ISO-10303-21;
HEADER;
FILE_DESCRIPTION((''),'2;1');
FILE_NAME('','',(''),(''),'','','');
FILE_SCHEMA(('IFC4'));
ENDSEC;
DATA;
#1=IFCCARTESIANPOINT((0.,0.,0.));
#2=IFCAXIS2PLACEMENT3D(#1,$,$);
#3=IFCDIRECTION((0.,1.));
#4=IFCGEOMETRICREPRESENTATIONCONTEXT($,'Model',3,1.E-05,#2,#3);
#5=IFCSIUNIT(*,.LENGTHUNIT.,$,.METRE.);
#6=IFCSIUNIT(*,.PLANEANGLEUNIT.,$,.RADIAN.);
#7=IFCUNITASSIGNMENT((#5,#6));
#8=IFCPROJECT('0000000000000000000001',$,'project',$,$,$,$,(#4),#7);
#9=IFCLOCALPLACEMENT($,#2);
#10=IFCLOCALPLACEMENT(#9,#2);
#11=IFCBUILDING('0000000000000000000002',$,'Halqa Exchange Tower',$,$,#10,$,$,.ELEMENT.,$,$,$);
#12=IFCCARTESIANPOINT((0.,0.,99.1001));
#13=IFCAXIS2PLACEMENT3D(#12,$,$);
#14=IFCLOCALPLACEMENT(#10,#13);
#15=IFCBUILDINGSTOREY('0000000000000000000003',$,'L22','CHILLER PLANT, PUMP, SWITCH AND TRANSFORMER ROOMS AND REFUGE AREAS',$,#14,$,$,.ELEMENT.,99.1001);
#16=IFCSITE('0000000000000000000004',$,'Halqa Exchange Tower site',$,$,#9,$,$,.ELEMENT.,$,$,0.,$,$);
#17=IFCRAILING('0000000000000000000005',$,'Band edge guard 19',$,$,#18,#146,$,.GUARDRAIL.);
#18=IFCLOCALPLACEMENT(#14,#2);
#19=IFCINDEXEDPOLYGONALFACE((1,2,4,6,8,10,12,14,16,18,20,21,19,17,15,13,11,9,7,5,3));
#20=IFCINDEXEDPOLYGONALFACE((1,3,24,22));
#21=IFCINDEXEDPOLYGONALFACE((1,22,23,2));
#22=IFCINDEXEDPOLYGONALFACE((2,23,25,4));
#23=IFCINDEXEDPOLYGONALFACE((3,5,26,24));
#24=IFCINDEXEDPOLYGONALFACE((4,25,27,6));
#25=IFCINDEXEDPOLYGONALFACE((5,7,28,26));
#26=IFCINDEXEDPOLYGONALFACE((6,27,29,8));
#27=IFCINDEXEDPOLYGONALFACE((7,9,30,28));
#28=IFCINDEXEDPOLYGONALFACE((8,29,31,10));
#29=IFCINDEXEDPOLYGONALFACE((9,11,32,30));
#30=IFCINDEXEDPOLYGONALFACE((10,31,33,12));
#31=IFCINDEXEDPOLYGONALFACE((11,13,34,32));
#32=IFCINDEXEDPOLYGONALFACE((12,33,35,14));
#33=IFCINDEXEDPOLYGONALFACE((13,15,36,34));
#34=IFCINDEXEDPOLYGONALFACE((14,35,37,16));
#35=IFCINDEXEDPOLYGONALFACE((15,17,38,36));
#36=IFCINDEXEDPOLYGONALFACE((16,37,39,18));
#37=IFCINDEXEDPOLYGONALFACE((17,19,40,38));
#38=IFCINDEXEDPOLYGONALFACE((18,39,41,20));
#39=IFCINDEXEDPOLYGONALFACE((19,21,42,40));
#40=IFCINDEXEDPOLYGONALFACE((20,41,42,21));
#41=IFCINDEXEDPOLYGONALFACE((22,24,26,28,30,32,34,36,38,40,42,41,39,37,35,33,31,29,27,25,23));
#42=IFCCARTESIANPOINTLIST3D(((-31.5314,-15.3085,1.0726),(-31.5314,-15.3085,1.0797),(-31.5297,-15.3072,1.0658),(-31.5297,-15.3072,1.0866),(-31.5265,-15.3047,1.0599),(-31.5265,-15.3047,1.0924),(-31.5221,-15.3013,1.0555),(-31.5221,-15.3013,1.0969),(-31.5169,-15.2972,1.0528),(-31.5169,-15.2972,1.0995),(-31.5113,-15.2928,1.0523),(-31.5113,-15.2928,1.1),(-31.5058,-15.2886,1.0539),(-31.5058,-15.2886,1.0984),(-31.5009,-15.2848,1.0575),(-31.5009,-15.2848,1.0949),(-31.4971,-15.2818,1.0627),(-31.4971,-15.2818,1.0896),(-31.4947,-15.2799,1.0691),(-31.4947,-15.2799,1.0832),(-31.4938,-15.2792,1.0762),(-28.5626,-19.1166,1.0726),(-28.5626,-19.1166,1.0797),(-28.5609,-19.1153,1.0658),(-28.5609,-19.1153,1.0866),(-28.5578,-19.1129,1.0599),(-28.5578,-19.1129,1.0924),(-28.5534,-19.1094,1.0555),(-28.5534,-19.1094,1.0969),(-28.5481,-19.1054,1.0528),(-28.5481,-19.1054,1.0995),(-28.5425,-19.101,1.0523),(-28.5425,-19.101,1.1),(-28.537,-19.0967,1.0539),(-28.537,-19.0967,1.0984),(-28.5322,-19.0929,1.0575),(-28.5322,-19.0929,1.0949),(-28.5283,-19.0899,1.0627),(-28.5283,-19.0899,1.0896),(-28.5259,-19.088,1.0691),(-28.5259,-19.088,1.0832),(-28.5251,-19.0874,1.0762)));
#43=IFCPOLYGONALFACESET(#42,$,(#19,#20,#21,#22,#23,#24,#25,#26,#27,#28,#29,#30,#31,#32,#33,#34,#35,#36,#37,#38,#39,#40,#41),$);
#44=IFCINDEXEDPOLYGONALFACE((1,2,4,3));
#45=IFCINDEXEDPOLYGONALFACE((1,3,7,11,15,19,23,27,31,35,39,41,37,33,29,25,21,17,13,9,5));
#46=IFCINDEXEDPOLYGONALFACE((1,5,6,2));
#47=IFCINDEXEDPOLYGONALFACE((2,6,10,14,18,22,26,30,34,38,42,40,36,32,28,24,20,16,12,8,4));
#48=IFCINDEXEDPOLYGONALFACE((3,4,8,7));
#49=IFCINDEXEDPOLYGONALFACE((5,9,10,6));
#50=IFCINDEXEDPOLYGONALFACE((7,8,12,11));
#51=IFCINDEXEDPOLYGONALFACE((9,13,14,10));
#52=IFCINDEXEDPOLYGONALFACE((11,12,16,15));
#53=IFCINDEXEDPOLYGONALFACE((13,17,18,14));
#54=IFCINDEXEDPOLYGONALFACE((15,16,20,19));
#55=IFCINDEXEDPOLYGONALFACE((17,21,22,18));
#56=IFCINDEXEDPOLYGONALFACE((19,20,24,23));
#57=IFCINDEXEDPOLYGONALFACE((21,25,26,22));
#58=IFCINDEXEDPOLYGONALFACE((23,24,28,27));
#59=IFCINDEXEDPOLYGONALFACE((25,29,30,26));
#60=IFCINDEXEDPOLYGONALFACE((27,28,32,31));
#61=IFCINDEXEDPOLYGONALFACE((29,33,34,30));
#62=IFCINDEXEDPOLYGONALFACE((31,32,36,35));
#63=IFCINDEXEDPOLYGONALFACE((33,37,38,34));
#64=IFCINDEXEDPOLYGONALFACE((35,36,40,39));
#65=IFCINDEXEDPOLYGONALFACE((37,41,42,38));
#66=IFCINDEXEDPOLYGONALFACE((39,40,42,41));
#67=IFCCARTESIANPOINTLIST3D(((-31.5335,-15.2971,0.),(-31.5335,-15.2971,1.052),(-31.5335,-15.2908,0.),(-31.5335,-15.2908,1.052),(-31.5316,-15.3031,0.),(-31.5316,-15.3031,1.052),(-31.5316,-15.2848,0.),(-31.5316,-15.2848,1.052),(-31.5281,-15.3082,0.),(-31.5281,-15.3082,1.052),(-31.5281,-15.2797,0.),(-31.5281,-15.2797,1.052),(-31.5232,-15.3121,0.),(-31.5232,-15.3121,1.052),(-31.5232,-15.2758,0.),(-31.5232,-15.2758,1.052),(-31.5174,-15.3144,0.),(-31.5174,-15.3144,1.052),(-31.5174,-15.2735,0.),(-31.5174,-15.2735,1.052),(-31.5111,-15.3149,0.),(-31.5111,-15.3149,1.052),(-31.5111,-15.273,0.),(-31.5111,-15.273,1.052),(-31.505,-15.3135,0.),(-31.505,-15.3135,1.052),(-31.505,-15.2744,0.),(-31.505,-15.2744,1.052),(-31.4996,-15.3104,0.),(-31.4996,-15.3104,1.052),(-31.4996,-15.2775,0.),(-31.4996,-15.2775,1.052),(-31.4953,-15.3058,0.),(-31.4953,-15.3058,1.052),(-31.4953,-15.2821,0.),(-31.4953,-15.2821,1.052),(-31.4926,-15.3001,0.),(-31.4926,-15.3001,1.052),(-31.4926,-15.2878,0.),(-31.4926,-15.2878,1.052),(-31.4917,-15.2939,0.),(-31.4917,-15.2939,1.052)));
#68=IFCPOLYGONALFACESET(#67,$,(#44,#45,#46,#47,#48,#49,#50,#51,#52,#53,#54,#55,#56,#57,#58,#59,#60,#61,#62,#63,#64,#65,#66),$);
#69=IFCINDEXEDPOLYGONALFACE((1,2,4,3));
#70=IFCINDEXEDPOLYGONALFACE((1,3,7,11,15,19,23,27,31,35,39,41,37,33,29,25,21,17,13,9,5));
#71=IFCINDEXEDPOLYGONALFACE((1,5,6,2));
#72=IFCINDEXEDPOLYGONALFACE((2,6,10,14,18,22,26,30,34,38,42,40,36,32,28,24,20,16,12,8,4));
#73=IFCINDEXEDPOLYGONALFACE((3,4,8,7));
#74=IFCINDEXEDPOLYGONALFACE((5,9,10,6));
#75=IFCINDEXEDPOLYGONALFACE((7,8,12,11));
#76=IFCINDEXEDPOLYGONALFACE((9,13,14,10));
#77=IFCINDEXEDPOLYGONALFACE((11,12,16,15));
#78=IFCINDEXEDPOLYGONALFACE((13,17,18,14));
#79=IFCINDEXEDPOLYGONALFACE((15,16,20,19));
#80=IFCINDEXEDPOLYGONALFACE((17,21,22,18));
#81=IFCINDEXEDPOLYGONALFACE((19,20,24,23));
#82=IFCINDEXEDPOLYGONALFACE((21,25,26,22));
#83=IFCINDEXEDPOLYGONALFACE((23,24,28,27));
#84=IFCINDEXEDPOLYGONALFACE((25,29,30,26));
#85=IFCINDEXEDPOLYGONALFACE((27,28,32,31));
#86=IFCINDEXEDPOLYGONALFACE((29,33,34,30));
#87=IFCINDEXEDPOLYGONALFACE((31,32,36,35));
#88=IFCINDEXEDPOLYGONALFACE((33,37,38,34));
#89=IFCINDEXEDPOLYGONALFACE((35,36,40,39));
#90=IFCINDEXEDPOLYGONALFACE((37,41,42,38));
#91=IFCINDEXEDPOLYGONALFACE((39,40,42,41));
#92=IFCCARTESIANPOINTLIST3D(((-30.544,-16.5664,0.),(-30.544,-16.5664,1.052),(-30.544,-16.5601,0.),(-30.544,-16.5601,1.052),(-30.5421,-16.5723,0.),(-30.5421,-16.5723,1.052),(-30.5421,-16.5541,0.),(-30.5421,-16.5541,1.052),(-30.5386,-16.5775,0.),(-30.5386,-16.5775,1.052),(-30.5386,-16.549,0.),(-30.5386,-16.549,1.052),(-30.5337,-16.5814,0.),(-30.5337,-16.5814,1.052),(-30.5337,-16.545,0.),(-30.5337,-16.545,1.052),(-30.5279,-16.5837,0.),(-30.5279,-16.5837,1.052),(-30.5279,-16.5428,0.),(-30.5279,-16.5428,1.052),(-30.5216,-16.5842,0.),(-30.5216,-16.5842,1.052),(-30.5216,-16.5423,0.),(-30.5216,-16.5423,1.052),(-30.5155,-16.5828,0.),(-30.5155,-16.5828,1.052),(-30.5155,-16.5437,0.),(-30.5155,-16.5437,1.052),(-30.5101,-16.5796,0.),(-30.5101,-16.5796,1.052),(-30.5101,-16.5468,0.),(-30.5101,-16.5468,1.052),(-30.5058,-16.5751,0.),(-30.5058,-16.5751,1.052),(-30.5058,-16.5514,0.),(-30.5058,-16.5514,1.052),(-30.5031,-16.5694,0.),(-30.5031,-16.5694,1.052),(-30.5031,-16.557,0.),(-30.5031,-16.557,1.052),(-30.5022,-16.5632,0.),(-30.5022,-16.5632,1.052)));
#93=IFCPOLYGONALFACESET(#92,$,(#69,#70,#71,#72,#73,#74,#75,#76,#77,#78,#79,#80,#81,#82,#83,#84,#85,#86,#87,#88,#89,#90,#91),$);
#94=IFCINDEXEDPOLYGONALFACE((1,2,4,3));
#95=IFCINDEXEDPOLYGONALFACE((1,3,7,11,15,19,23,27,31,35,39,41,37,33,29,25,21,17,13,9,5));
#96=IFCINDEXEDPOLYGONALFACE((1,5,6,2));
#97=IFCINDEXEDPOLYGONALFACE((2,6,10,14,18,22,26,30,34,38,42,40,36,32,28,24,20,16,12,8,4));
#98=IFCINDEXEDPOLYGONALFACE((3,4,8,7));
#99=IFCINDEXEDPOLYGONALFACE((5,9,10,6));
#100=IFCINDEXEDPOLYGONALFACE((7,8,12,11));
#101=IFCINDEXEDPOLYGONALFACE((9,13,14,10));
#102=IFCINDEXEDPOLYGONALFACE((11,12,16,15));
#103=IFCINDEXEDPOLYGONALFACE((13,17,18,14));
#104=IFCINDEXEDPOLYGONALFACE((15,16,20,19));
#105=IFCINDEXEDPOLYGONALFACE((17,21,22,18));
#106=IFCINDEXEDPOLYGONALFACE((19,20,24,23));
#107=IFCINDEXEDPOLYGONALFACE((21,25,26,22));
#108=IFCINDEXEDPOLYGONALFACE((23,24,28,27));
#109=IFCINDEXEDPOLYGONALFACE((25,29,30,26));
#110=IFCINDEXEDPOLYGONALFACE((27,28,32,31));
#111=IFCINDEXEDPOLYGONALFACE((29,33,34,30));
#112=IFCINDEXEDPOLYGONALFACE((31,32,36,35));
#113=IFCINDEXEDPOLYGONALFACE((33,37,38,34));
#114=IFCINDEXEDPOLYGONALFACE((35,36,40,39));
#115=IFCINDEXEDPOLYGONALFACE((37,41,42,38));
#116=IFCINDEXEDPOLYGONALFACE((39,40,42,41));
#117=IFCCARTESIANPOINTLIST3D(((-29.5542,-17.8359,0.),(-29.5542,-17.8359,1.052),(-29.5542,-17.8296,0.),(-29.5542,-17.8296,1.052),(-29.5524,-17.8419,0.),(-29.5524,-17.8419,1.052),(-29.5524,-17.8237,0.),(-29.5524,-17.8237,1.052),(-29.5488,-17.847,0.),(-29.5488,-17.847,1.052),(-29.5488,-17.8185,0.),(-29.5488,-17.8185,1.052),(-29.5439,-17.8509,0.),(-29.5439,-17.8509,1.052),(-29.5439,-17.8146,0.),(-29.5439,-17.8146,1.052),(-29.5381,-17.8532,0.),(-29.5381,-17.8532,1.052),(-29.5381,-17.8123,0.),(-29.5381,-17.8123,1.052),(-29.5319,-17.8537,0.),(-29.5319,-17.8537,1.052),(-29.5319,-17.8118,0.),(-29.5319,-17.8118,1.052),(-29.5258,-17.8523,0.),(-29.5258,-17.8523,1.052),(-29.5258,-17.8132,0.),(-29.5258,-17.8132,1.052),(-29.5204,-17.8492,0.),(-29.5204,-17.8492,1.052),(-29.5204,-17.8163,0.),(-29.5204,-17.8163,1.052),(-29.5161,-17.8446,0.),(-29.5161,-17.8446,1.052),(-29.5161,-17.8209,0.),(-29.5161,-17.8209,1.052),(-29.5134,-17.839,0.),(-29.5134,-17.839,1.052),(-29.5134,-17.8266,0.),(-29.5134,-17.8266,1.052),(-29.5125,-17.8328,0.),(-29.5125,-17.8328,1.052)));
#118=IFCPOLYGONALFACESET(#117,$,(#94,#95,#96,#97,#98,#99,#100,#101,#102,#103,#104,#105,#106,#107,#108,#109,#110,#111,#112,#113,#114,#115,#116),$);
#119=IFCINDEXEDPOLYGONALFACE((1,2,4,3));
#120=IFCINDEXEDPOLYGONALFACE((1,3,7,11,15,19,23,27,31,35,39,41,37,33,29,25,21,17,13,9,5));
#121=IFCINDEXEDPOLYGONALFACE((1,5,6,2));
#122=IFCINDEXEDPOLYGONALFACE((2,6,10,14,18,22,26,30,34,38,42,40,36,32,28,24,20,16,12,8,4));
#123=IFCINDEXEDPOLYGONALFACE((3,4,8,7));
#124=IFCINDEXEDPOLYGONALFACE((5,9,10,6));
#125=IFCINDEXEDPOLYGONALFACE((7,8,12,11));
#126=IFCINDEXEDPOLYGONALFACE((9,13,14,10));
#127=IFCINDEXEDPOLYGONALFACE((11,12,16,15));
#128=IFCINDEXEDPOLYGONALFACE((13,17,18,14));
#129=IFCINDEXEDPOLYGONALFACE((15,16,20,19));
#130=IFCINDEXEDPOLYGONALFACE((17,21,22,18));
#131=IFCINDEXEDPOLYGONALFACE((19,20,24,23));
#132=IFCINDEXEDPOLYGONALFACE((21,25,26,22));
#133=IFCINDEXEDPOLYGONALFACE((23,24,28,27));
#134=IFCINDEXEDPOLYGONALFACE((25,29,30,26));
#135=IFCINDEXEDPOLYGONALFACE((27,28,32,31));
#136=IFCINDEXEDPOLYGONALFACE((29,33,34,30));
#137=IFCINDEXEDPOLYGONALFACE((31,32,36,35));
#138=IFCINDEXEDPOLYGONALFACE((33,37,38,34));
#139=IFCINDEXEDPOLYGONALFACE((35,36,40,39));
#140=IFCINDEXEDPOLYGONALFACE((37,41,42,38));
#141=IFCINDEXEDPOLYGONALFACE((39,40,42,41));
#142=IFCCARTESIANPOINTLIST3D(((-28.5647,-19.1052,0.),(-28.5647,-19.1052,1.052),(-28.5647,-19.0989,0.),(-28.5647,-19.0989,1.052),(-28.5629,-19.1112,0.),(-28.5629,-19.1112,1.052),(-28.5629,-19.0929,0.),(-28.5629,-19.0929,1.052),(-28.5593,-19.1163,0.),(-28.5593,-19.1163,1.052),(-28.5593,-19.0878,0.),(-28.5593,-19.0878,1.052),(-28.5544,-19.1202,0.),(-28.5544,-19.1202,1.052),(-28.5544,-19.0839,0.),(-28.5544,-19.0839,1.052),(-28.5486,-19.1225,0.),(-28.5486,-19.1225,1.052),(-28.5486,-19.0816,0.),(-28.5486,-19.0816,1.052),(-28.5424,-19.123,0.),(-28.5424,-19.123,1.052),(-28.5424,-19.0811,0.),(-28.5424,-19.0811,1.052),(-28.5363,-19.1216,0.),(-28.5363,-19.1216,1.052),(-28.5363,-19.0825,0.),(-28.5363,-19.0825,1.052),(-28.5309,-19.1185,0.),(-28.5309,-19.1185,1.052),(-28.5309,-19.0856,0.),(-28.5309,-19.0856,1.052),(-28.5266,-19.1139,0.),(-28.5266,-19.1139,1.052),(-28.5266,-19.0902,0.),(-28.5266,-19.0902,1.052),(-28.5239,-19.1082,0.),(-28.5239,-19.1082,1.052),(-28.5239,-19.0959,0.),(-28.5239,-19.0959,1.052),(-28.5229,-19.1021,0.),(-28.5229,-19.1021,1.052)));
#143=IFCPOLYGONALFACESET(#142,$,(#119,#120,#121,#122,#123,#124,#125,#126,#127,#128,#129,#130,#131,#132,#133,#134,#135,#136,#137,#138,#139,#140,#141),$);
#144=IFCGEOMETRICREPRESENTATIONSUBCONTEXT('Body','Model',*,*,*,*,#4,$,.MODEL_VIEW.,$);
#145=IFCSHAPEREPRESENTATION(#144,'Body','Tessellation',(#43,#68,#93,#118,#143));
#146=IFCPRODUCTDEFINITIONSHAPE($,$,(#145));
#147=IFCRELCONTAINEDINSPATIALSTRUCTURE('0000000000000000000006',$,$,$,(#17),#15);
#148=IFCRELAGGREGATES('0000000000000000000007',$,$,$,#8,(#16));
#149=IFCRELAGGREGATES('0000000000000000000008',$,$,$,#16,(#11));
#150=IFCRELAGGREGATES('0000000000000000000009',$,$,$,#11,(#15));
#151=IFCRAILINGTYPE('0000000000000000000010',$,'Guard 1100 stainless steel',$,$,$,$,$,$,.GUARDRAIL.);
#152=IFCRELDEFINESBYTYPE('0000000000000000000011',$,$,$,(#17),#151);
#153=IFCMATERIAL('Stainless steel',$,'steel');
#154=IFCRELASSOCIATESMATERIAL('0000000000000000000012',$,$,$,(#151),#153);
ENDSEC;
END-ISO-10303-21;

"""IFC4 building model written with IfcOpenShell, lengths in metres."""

from ifc_helpers import new_model, si_unit, direction, frame, origin, origin_2d, place, context, subcontext, project, spatial, circle, extrude, material, type_object, element, save


model = new_model("IFC4")

# Units and contexts
model_context = context("Model", 3, precision=1e-05, world=origin(), true_north=direction((0.0, 1.0)))
body_context = subcontext(model_context, "Body", "Model", "MODEL_VIEW")
ifc_project = project(units=[si_unit("LENGTHUNIT", "METRE"), si_unit("PLANEANGLEUNIT", "RADIAN")], contexts=[model_context])

# Site, building, storey
site_placement = place(None, origin())
site = spatial("IfcSite", under=ifc_project, at=site_placement, Name="Halqa Exchange Tower site", CompositionType="ELEMENT", RefElevation=0.0)
building_placement = place(site_placement, origin())
building = spatial("IfcBuilding", under=site, at=building_placement, Name="Halqa Exchange Tower", CompositionType="ELEMENT")
storey_placement = place(building_placement, frame((0.0, 0.0, 99.1001)))
storey = spatial("IfcBuildingStorey", under=building, at=storey_placement, Name="L22", Description="CHILLER PLANT, PUMP, SWITCH AND TRANSFORMER ROOMS AND REFUGE AREAS", CompositionType="ELEMENT", Elevation=99.1001)

# Railing
ifc_material_1 = material(Name="Stainless steel", Category="steel")
railing_type = type_object("IfcRailingType", Name="Guard 1100 stainless steel", PredefinedType="GUARDRAIL", material=ifc_material_1)
railing_1_placement = place(storey_placement, frame((-31.5127, -15.2939, 0.0)))
element("IfcRailing", 1, at=railing_1_placement, inside=storey, type_object=railing_type, Name="Band edge guard 19", PredefinedType="GUARDRAIL", context=body_context, shape_type="SweptSolid", body=[
    extrude(circle(Radius=0.0239, at=origin_2d()), frame((0.0, 0.0, 1.0762), z_axis=(0.614829, -0.78866, 0.0), x_axis=(0.78866, 0.614829, 0.0)), (0.0, 0.0, 1.0), 4.8286),
    extrude(circle(Radius=0.021, at=origin_2d()), origin(), (0.0, 0.0, 1.0), 1.052),
    extrude(circle(Radius=0.021, at=origin_2d()), frame((0.9895, -1.2693, 0.0)), (0.0, 0.0, 1.0), 1.052),
    extrude(circle(Radius=0.021, at=origin_2d()), frame((1.9792, -2.5388, 0.0)), (0.0, 0.0, 1.0), 1.052),
    extrude(circle(Radius=0.021, at=origin_2d()), frame((2.9688, -3.8081, 0.0)), (0.0, 0.0, 1.0), 1.052),
])

save(model, "model.ifc")
